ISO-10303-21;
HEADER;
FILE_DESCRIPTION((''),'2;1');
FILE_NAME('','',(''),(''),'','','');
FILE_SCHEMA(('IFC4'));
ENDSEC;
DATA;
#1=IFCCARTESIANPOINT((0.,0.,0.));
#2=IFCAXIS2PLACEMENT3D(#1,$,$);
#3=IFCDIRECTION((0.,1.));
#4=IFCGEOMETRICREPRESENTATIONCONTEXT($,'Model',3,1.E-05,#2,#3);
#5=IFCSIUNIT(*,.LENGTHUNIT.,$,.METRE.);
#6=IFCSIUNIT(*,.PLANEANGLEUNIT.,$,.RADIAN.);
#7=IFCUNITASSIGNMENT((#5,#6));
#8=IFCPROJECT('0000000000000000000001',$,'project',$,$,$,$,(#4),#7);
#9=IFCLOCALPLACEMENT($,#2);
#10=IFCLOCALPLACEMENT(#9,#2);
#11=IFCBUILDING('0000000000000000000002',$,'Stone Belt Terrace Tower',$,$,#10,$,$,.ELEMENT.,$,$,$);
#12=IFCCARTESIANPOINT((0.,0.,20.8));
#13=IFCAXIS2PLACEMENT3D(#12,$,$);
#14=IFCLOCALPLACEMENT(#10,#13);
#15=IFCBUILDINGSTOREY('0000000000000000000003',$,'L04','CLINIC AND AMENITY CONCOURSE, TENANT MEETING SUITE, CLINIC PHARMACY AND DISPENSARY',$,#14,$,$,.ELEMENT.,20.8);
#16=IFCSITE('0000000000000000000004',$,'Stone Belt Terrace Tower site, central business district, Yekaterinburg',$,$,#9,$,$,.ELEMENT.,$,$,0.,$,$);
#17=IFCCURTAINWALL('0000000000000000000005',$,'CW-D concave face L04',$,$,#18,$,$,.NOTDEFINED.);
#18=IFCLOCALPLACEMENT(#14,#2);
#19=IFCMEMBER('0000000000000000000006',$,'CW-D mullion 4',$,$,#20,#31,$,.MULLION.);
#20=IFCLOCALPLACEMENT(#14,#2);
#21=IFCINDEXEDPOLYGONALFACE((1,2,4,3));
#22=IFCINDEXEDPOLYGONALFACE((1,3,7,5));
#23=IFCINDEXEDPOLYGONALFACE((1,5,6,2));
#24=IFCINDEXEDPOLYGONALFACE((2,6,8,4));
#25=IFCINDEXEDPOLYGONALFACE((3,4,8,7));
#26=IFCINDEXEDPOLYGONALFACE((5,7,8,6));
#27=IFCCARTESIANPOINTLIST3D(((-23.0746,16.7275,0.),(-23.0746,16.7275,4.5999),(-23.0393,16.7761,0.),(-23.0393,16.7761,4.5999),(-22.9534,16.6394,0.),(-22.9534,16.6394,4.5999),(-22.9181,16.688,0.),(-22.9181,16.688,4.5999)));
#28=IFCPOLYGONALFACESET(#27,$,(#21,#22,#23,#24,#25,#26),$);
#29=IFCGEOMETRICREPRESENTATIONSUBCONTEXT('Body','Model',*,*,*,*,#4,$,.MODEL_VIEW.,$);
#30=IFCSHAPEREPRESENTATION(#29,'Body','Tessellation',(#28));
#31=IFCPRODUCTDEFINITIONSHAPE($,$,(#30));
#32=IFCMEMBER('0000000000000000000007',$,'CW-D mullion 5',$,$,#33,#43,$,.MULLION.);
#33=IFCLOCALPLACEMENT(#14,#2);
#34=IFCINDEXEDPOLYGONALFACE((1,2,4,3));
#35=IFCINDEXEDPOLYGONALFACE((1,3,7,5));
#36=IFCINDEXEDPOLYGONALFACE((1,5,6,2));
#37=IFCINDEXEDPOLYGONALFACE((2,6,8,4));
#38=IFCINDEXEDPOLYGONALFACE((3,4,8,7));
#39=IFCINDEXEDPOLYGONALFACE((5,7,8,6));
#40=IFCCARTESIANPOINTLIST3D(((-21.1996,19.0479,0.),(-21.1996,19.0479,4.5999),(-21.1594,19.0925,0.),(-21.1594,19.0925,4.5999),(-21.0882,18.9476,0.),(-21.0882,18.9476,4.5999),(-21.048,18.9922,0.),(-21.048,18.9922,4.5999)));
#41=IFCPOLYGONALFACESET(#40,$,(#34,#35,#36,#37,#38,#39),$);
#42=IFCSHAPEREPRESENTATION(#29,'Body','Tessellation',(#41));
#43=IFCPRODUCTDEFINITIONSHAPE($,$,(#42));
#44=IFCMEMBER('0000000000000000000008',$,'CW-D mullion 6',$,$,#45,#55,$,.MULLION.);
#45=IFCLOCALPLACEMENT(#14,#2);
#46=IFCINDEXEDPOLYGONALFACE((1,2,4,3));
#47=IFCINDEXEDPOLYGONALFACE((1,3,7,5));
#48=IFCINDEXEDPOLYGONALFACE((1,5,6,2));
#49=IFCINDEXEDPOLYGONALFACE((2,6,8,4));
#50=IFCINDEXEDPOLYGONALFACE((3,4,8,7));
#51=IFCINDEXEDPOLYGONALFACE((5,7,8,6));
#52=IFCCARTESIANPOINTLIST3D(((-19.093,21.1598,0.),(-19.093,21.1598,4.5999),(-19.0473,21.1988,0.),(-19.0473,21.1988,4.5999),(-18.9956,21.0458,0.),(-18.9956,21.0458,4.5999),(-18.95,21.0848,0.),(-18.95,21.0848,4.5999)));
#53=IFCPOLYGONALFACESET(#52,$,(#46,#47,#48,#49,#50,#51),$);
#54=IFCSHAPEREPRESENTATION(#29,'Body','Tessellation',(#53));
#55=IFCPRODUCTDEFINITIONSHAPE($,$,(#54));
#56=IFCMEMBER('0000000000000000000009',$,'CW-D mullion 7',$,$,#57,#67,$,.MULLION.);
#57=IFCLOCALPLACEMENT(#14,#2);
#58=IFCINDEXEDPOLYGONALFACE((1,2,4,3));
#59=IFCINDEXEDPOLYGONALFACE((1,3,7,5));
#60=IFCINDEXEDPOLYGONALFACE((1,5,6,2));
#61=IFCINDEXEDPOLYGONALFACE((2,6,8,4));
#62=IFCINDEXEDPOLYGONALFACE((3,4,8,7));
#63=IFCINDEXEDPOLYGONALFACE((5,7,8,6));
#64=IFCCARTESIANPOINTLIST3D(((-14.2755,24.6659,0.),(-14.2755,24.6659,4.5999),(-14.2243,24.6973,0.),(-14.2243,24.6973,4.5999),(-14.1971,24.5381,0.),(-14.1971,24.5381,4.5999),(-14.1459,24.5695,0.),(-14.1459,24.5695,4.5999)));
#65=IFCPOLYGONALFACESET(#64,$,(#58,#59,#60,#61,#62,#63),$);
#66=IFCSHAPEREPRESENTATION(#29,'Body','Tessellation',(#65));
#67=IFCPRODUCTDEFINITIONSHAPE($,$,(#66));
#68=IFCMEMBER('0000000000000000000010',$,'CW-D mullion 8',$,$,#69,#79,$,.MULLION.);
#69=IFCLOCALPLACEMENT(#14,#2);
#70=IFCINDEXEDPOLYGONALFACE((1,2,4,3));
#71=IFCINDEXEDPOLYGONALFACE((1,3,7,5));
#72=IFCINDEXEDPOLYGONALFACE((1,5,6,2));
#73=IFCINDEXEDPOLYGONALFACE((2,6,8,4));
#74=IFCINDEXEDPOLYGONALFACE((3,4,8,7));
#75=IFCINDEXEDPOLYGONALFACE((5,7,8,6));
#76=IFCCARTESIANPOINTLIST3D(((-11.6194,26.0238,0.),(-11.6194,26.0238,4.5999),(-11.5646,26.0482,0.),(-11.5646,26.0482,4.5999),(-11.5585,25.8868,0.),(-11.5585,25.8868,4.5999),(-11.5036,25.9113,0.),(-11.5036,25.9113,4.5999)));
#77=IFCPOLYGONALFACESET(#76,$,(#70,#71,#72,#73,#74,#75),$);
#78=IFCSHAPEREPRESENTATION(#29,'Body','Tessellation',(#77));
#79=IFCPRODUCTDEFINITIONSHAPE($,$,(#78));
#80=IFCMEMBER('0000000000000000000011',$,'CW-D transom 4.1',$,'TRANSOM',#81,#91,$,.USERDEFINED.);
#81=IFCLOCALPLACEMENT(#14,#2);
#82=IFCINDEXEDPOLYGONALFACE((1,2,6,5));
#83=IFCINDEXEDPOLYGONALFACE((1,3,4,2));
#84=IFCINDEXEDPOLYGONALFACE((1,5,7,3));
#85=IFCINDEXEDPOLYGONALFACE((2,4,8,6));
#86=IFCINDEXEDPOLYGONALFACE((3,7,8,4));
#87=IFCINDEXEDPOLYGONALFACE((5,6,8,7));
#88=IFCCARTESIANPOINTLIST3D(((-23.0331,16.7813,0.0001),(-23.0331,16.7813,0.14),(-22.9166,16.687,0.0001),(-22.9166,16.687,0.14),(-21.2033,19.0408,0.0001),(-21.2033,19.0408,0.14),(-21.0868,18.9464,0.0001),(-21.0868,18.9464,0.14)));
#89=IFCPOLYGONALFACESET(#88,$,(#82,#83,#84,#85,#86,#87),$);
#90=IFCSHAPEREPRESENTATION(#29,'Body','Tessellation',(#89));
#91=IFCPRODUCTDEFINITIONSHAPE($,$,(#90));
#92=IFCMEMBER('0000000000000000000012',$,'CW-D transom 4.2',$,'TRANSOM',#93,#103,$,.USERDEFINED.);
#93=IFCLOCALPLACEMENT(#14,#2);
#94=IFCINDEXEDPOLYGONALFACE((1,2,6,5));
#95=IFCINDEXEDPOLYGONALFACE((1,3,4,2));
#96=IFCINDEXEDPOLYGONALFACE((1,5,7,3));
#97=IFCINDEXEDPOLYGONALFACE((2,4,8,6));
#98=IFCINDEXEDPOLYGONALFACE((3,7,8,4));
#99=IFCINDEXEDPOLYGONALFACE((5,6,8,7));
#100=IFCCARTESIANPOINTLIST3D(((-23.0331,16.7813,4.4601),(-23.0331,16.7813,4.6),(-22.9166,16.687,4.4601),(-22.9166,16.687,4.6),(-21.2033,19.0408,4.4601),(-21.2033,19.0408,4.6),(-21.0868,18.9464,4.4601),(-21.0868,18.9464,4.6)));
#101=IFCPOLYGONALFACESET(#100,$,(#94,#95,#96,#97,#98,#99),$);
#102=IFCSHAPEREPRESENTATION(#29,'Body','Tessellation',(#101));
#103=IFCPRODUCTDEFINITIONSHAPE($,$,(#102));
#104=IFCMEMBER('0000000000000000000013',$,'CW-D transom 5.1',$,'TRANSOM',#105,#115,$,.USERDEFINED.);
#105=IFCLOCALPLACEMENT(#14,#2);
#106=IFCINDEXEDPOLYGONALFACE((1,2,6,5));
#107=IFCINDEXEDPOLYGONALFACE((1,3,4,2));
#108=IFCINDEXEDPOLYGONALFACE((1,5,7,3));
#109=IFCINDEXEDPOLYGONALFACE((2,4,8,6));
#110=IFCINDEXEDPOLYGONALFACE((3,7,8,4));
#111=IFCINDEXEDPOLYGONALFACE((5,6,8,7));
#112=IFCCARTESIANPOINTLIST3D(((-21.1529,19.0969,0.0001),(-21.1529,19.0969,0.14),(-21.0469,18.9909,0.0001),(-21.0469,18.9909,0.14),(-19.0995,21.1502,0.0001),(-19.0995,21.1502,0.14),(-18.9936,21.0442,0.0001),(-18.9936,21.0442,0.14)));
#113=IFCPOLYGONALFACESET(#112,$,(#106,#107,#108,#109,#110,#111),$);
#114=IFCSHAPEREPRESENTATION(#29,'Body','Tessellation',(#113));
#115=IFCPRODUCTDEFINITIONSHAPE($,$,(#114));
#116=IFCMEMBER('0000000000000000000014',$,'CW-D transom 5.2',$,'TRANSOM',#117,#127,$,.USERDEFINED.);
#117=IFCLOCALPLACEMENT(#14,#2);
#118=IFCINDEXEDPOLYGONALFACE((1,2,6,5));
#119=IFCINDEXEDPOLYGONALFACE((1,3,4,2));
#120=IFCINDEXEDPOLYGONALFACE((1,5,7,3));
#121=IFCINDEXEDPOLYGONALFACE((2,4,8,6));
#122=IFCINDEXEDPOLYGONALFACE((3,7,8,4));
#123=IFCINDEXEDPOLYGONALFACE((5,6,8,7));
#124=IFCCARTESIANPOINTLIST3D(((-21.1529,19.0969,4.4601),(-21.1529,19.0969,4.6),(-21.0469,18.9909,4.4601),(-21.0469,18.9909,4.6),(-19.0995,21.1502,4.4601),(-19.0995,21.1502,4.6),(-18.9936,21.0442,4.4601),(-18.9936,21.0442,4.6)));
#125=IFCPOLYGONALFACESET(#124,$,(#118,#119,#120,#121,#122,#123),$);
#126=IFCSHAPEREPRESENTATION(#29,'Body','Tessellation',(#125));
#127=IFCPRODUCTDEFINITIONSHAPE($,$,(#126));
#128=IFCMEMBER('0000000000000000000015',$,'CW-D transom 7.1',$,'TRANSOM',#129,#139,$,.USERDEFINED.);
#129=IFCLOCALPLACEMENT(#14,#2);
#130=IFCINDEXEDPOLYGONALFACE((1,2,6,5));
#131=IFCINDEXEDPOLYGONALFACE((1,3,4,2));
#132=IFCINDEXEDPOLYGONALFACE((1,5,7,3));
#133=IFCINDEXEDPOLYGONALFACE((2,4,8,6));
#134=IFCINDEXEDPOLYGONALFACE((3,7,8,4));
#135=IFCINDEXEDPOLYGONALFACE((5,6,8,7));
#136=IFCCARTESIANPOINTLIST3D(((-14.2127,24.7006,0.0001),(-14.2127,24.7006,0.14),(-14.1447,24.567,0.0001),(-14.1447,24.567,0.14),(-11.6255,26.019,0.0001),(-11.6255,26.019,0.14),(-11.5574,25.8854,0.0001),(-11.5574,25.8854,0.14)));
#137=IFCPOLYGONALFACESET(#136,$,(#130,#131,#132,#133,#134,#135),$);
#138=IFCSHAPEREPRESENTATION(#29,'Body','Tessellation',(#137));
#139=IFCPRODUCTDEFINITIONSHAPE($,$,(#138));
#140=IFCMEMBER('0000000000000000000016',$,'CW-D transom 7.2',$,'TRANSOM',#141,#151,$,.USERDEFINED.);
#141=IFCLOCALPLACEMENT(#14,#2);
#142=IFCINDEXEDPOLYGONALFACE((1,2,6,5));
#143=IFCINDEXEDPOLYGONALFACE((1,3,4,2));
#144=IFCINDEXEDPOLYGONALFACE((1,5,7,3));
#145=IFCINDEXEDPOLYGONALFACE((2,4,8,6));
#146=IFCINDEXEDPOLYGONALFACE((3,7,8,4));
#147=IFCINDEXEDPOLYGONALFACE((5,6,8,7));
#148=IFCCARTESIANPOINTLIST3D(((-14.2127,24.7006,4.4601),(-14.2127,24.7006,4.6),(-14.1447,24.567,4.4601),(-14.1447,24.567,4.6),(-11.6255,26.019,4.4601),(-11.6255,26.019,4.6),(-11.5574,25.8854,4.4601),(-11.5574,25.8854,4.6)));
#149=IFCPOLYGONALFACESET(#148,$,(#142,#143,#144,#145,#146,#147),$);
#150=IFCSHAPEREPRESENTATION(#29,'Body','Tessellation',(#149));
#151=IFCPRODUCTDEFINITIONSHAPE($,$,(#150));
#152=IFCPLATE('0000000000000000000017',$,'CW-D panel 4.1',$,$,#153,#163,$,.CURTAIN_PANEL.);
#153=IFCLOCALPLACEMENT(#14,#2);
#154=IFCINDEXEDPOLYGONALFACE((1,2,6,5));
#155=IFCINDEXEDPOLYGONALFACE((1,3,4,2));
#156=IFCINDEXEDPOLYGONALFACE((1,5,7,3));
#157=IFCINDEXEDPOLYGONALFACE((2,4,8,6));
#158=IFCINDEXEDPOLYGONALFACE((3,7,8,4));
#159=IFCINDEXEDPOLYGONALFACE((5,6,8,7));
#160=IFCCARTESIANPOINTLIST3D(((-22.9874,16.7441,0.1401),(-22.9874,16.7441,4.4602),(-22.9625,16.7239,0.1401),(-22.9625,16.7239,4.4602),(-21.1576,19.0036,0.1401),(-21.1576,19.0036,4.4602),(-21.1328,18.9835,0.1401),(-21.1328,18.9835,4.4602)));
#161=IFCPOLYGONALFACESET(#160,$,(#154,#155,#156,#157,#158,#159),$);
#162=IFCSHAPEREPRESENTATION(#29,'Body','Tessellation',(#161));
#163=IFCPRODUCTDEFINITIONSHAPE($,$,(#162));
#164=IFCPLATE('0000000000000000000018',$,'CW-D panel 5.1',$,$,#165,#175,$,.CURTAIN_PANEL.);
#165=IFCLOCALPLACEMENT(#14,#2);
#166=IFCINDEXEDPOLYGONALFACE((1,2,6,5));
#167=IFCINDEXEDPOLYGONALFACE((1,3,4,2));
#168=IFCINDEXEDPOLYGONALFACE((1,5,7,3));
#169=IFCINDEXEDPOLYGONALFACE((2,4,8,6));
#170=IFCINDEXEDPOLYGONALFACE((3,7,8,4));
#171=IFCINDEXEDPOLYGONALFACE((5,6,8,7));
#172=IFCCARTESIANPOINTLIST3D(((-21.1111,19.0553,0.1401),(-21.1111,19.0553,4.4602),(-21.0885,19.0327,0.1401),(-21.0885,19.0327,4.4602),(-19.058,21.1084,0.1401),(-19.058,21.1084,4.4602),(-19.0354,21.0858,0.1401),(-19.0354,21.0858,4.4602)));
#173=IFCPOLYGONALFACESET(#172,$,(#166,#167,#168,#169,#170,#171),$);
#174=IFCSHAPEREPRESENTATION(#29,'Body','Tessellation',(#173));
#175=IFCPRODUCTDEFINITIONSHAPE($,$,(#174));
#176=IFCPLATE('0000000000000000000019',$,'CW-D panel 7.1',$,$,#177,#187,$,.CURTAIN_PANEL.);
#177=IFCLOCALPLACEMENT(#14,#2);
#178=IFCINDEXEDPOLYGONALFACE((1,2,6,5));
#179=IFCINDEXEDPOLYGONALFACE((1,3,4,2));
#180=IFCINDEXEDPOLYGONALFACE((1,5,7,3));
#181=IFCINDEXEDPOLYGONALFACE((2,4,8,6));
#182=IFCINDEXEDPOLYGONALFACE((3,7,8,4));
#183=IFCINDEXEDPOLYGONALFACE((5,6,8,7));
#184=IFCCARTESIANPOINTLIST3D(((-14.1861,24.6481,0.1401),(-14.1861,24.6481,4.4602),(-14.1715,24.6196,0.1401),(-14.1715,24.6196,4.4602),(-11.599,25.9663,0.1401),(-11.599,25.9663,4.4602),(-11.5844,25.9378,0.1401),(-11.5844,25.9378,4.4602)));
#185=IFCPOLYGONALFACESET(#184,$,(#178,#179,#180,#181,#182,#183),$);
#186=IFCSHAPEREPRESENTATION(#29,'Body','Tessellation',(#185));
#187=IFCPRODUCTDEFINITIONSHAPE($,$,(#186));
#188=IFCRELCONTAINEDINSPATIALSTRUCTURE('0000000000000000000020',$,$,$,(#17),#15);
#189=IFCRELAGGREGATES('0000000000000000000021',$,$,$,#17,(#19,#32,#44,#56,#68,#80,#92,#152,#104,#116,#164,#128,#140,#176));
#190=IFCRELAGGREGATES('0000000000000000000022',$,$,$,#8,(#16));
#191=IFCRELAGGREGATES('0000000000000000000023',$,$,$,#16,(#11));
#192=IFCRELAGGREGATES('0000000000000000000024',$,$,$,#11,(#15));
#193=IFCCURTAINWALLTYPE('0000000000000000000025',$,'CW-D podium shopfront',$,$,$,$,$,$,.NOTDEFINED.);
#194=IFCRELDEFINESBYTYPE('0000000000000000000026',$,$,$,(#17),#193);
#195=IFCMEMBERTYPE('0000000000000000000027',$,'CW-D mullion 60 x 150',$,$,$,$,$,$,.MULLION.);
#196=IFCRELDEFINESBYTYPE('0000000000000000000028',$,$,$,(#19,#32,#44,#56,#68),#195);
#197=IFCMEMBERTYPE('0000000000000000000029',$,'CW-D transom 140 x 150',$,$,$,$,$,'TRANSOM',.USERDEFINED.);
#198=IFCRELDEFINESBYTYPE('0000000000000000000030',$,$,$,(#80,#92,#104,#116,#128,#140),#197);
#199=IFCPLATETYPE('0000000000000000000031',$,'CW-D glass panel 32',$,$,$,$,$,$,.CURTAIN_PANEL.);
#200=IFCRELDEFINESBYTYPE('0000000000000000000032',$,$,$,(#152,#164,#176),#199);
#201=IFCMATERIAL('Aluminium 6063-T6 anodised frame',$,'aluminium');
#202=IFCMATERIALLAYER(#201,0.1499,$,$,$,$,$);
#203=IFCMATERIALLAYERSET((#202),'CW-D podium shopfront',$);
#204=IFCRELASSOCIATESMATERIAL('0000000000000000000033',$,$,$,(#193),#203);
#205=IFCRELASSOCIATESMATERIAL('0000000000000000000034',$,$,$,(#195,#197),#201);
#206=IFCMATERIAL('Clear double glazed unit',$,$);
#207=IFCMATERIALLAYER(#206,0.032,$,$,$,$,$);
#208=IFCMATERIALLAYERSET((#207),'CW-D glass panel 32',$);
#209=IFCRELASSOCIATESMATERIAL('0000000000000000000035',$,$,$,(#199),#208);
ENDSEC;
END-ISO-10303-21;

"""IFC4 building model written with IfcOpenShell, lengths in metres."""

from ifc_helpers import new_model, si_unit, direction, frame, origin, origin_2d, place, context, subcontext, project, spatial, rectangle, extrude, material, layer, layer_set, material_profile, profile_set, type_object, element, aggregate, save


model = new_model("IFC4")

# Units and contexts
model_context = context("Model", 3, precision=1e-05, world=origin(), true_north=direction((0.0, 1.0)))
body_context = subcontext(model_context, "Body", "Model", "MODEL_VIEW")
ifc_project = project(units=[si_unit("LENGTHUNIT", "METRE"), si_unit("PLANEANGLEUNIT", "RADIAN")], contexts=[model_context])

# Site, building, storey
site_placement = place(None, origin())
site = spatial("IfcSite", under=ifc_project, at=site_placement, Name="Stone Belt Terrace Tower site, central business district, Yekaterinburg", CompositionType="ELEMENT", RefElevation=0.0)
building_placement = place(site_placement, origin())
building = spatial("IfcBuilding", under=site, at=building_placement, Name="Stone Belt Terrace Tower", CompositionType="ELEMENT")
storey_placement = place(building_placement, frame((0.0, 0.0, 20.8)))
storey = spatial("IfcBuildingStorey", under=building, at=storey_placement, Name="L04", Description="CLINIC AND AMENITY CONCOURSE, TENANT MEETING SUITE, CLINIC PHARMACY AND DISPENSARY", CompositionType="ELEMENT", Elevation=20.8)

# Curtain wall, members, plates
ifc_material_1 = material(Name="Aluminium 6063-T6 anodised frame", Category="aluminium")
ifc_layer_1 = layer(ifc_material_1, 0.1499)
ifc_layer_set_1 = layer_set([ifc_layer_1], Name="CW-D podium shopfront")
curtain_wall_type = type_object("IfcCurtainWallType", Name="CW-D podium shopfront", PredefinedType="NOTDEFINED", material=ifc_layer_set_1)
curtain_wall_placement = place(storey_placement, origin())
curtain_wall = element("IfcCurtainWall", 1, at=curtain_wall_placement, inside=storey, type_object=curtain_wall_type, Name="CW-D concave face L04", PredefinedType="NOTDEFINED")
ifc_material_profile_1 = material_profile(ifc_material_1, rectangle(XDim=0.1499, YDim=0.0601, at=origin_2d()), Name="Aluminium 6063-T6 60x150")
ifc_profile_set_1 = profile_set([ifc_material_profile_1], Name="Aluminium 6063-T6 anodised frame")
member_type_1 = type_object("IfcMemberType", Name="CW-D mullion 60 x 150", PredefinedType="MULLION", material=ifc_profile_set_1)
member_1_placement = place(storey_placement, frame((-22.9963, 16.7078, 0.0), z_axis=(0.0, 0.0, 1.0), x_axis=(-0.809017, 0.587785, 0.0)))
member_1 = element("IfcMember", 2, at=member_1_placement, type_object=member_type_1, Name="CW-D mullion 4", PredefinedType="MULLION", context=body_context, shape_type="SweptSolid", body=[
    extrude(rectangle(XDim=0.1499, YDim=0.0601, at=origin_2d()), origin(), (0.0, 0.0, 1.0), 4.5999),
])
member_2_placement = place(storey_placement, frame((-21.1238, 19.02, 0.0), z_axis=(0.0, 0.0, 1.0), x_axis=(-0.743145, 0.669131, 0.0)))
member_2 = element("IfcMember", 3, at=member_2_placement, type_object=member_type_1, Name="CW-D mullion 5", PredefinedType="MULLION", context=body_context, shape_type="SweptSolid", body=[
    extrude(rectangle(XDim=0.1499, YDim=0.0601, at=origin_2d()), origin(), (0.0, 0.0, 1.0), 4.5999),
])
member_3_placement = place(storey_placement, frame((-19.0215, 21.1223, 0.0), z_axis=(0.0, 0.0, 1.0), x_axis=(-0.649448, 0.760406, 0.0)))
member_3 = element("IfcMember", 4, at=member_3_placement, type_object=member_type_1, Name="CW-D mullion 6", PredefinedType="MULLION", context=body_context, shape_type="SweptSolid", body=[
    extrude(rectangle(XDim=0.1499, YDim=0.0601, at=origin_2d()), origin(), (0.0, 0.0, 1.0), 4.5999),
])
member_4_placement = place(storey_placement, frame((-14.2107, 24.6177, 0.0), z_axis=(0.0, 0.0, 1.0), x_axis=(-0.522499, 0.85264, 0.0)))
member_4 = element("IfcMember", 5, at=member_4_placement, type_object=member_type_1, Name="CW-D mullion 7", PredefinedType="MULLION", context=body_context, shape_type="SweptSolid", body=[
    extrude(rectangle(XDim=0.1499, YDim=0.0601, at=origin_2d()), origin(), (0.0, 0.0, 1.0), 4.5999),
])
member_5_placement = place(storey_placement, frame((-11.5615, 25.9675, 0.0), z_axis=(0.0, 0.0, 1.0), x_axis=(-0.406737, 0.913545, 0.0)))
member_5 = element("IfcMember", 6, at=member_5_placement, type_object=member_type_1, Name="CW-D mullion 8", PredefinedType="MULLION", context=body_context, shape_type="SweptSolid", body=[
    extrude(rectangle(XDim=0.1499, YDim=0.0601, at=origin_2d()), origin(), (0.0, 0.0, 1.0), 4.5999),
])
ifc_material_profile_2 = material_profile(ifc_material_1, rectangle(XDim=0.1499, YDim=0.1399, at=origin_2d()), Name="Aluminium 6063-T6 150x140")
ifc_profile_set_2 = profile_set([ifc_material_profile_2], Name="Aluminium 6063-T6 anodised frame")
member_type_2 = type_object("IfcMemberType", Name="CW-D transom 140 x 150", ElementType="TRANSOM", PredefinedType="USERDEFINED", material=ifc_profile_set_2)
member_6_placement = place(storey_placement, frame((-22.9749, 16.7341, 0.0701), z_axis=(0.629343, 0.777128, 0.0), x_axis=(-0.777128, 0.629343, 0.0)))
member_6 = element("IfcMember", 7, at=member_6_placement, type_object=member_type_2, Name="CW-D transom 4.1", ObjectType="TRANSOM", PredefinedType="USERDEFINED", context=body_context, shape_type="SweptSolid", body=[
    extrude(rectangle(XDim=0.1499, YDim=0.1399, at=origin_2d()), origin(), (0.0, 0.0, 1.0), 2.9075),
])
member_7_placement = place(storey_placement, frame((-22.9749, 16.7341, 4.53), z_axis=(0.629343, 0.777128, 0.0), x_axis=(-0.777128, 0.629343, 0.0)))
member_7 = element("IfcMember", 8, at=member_7_placement, type_object=member_type_2, Name="CW-D transom 4.2", ObjectType="TRANSOM", PredefinedType="USERDEFINED", context=body_context, shape_type="SweptSolid", body=[
    extrude(rectangle(XDim=0.1499, YDim=0.1399, at=origin_2d()), origin(), (0.0, 0.0, 1.0), 2.9075),
])
member_8_placement = place(storey_placement, frame((-21.0999, 19.0439, 0.0701), z_axis=(0.707107, 0.707107, 0.0), x_axis=(-0.707107, 0.707107, 0.0)))
member_8 = element("IfcMember", 9, at=member_8_placement, type_object=member_type_2, Name="CW-D transom 5.1", ObjectType="TRANSOM", PredefinedType="USERDEFINED", context=body_context, shape_type="SweptSolid", body=[
    extrude(rectangle(XDim=0.1499, YDim=0.1399, at=origin_2d()), origin(), (0.0, 0.0, 1.0), 2.9038),
])
member_9_placement = place(storey_placement, frame((-21.0999, 19.0439, 4.53), z_axis=(0.707107, 0.707107, 0.0), x_axis=(-0.707107, 0.707107, 0.0)))
member_9 = element("IfcMember", 10, at=member_9_placement, type_object=member_type_2, Name="CW-D transom 5.2", ObjectType="TRANSOM", PredefinedType="USERDEFINED", context=body_context, shape_type="SweptSolid", body=[
    extrude(rectangle(XDim=0.1499, YDim=0.1399, at=origin_2d()), origin(), (0.0, 0.0, 1.0), 2.9038),
])
member_10_placement = place(storey_placement, frame((-14.1787, 24.6338, 0.0701), z_axis=(0.890988, 0.454028, 0.0), x_axis=(-0.454028, 0.890988, 0.0)))
member_10 = element("IfcMember", 11, at=member_10_placement, type_object=member_type_2, Name="CW-D transom 7.1", ObjectType="TRANSOM", PredefinedType="USERDEFINED", context=body_context, shape_type="SweptSolid", body=[
    extrude(rectangle(XDim=0.1499, YDim=0.1399, at=origin_2d()), origin(), (0.0, 0.0, 1.0), 2.9038),
])
member_11_placement = place(storey_placement, frame((-14.1787, 24.6338, 4.53), z_axis=(0.890988, 0.454028, 0.0), x_axis=(-0.454028, 0.890988, 0.0)))
member_11 = element("IfcMember", 12, at=member_11_placement, type_object=member_type_2, Name="CW-D transom 7.2", ObjectType="TRANSOM", PredefinedType="USERDEFINED", context=body_context, shape_type="SweptSolid", body=[
    extrude(rectangle(XDim=0.1499, YDim=0.1399, at=origin_2d()), origin(), (0.0, 0.0, 1.0), 2.9038),
])
ifc_material_2 = material(Name="Clear double glazed unit")
ifc_layer_2 = layer(ifc_material_2, 0.032)
ifc_layer_set_2 = layer_set([ifc_layer_2], Name="CW-D glass panel 32")
plate_type = type_object("IfcPlateType", Name="CW-D glass panel 32", PredefinedType="CURTAIN_PANEL", material=ifc_layer_set_2)
plate_1_placement = place(storey_placement, frame((-22.0601, 17.8638, 0.1401), z_axis=(0.0, 0.0, 1.0), x_axis=(0.62932, 0.777146, 0.0)))
plate_1 = element("IfcPlate", 13, at=plate_1_placement, type_object=plate_type, Name="CW-D panel 4.1", PredefinedType="CURTAIN_PANEL", context=body_context, shape_type="SweptSolid", body=[
    extrude(rectangle(XDim=2.9075, YDim=0.032, at=origin_2d()), origin(), (0.0, 0.0, 1.0), 4.3201),
])
plate_2_placement = place(storey_placement, frame((-20.0732, 20.0706, 0.1401), z_axis=(0.0, 0.0, 1.0), x_axis=(0.707107, 0.707107, 0.0)))
plate_2 = element("IfcPlate", 14, at=plate_2_placement, type_object=plate_type, Name="CW-D panel 5.1", PredefinedType="CURTAIN_PANEL", context=body_context, shape_type="SweptSolid", body=[
    extrude(rectangle(XDim=2.9036, YDim=0.032, at=origin_2d()), origin(), (0.0, 0.0, 1.0), 4.3201),
])
plate_3_placement = place(storey_placement, frame((-12.8853, 25.293, 0.1401), z_axis=(0.0, 0.0, 1.0), x_axis=(0.891007, 0.45399, 0.0)))
plate_3 = element("IfcPlate", 15, at=plate_3_placement, type_object=plate_type, Name="CW-D panel 7.1", PredefinedType="CURTAIN_PANEL", context=body_context, shape_type="SweptSolid", body=[
    extrude(rectangle(XDim=2.9036, YDim=0.032, at=origin_2d()), origin(), (0.0, 0.0, 1.0), 4.3201),
])
aggregate(curtain_wall, [member_1, member_2, member_3, member_4, member_5, member_6, member_7, plate_1, member_8, member_9, plate_2, member_10, member_11, plate_3])

save(model, "model.ifc")
